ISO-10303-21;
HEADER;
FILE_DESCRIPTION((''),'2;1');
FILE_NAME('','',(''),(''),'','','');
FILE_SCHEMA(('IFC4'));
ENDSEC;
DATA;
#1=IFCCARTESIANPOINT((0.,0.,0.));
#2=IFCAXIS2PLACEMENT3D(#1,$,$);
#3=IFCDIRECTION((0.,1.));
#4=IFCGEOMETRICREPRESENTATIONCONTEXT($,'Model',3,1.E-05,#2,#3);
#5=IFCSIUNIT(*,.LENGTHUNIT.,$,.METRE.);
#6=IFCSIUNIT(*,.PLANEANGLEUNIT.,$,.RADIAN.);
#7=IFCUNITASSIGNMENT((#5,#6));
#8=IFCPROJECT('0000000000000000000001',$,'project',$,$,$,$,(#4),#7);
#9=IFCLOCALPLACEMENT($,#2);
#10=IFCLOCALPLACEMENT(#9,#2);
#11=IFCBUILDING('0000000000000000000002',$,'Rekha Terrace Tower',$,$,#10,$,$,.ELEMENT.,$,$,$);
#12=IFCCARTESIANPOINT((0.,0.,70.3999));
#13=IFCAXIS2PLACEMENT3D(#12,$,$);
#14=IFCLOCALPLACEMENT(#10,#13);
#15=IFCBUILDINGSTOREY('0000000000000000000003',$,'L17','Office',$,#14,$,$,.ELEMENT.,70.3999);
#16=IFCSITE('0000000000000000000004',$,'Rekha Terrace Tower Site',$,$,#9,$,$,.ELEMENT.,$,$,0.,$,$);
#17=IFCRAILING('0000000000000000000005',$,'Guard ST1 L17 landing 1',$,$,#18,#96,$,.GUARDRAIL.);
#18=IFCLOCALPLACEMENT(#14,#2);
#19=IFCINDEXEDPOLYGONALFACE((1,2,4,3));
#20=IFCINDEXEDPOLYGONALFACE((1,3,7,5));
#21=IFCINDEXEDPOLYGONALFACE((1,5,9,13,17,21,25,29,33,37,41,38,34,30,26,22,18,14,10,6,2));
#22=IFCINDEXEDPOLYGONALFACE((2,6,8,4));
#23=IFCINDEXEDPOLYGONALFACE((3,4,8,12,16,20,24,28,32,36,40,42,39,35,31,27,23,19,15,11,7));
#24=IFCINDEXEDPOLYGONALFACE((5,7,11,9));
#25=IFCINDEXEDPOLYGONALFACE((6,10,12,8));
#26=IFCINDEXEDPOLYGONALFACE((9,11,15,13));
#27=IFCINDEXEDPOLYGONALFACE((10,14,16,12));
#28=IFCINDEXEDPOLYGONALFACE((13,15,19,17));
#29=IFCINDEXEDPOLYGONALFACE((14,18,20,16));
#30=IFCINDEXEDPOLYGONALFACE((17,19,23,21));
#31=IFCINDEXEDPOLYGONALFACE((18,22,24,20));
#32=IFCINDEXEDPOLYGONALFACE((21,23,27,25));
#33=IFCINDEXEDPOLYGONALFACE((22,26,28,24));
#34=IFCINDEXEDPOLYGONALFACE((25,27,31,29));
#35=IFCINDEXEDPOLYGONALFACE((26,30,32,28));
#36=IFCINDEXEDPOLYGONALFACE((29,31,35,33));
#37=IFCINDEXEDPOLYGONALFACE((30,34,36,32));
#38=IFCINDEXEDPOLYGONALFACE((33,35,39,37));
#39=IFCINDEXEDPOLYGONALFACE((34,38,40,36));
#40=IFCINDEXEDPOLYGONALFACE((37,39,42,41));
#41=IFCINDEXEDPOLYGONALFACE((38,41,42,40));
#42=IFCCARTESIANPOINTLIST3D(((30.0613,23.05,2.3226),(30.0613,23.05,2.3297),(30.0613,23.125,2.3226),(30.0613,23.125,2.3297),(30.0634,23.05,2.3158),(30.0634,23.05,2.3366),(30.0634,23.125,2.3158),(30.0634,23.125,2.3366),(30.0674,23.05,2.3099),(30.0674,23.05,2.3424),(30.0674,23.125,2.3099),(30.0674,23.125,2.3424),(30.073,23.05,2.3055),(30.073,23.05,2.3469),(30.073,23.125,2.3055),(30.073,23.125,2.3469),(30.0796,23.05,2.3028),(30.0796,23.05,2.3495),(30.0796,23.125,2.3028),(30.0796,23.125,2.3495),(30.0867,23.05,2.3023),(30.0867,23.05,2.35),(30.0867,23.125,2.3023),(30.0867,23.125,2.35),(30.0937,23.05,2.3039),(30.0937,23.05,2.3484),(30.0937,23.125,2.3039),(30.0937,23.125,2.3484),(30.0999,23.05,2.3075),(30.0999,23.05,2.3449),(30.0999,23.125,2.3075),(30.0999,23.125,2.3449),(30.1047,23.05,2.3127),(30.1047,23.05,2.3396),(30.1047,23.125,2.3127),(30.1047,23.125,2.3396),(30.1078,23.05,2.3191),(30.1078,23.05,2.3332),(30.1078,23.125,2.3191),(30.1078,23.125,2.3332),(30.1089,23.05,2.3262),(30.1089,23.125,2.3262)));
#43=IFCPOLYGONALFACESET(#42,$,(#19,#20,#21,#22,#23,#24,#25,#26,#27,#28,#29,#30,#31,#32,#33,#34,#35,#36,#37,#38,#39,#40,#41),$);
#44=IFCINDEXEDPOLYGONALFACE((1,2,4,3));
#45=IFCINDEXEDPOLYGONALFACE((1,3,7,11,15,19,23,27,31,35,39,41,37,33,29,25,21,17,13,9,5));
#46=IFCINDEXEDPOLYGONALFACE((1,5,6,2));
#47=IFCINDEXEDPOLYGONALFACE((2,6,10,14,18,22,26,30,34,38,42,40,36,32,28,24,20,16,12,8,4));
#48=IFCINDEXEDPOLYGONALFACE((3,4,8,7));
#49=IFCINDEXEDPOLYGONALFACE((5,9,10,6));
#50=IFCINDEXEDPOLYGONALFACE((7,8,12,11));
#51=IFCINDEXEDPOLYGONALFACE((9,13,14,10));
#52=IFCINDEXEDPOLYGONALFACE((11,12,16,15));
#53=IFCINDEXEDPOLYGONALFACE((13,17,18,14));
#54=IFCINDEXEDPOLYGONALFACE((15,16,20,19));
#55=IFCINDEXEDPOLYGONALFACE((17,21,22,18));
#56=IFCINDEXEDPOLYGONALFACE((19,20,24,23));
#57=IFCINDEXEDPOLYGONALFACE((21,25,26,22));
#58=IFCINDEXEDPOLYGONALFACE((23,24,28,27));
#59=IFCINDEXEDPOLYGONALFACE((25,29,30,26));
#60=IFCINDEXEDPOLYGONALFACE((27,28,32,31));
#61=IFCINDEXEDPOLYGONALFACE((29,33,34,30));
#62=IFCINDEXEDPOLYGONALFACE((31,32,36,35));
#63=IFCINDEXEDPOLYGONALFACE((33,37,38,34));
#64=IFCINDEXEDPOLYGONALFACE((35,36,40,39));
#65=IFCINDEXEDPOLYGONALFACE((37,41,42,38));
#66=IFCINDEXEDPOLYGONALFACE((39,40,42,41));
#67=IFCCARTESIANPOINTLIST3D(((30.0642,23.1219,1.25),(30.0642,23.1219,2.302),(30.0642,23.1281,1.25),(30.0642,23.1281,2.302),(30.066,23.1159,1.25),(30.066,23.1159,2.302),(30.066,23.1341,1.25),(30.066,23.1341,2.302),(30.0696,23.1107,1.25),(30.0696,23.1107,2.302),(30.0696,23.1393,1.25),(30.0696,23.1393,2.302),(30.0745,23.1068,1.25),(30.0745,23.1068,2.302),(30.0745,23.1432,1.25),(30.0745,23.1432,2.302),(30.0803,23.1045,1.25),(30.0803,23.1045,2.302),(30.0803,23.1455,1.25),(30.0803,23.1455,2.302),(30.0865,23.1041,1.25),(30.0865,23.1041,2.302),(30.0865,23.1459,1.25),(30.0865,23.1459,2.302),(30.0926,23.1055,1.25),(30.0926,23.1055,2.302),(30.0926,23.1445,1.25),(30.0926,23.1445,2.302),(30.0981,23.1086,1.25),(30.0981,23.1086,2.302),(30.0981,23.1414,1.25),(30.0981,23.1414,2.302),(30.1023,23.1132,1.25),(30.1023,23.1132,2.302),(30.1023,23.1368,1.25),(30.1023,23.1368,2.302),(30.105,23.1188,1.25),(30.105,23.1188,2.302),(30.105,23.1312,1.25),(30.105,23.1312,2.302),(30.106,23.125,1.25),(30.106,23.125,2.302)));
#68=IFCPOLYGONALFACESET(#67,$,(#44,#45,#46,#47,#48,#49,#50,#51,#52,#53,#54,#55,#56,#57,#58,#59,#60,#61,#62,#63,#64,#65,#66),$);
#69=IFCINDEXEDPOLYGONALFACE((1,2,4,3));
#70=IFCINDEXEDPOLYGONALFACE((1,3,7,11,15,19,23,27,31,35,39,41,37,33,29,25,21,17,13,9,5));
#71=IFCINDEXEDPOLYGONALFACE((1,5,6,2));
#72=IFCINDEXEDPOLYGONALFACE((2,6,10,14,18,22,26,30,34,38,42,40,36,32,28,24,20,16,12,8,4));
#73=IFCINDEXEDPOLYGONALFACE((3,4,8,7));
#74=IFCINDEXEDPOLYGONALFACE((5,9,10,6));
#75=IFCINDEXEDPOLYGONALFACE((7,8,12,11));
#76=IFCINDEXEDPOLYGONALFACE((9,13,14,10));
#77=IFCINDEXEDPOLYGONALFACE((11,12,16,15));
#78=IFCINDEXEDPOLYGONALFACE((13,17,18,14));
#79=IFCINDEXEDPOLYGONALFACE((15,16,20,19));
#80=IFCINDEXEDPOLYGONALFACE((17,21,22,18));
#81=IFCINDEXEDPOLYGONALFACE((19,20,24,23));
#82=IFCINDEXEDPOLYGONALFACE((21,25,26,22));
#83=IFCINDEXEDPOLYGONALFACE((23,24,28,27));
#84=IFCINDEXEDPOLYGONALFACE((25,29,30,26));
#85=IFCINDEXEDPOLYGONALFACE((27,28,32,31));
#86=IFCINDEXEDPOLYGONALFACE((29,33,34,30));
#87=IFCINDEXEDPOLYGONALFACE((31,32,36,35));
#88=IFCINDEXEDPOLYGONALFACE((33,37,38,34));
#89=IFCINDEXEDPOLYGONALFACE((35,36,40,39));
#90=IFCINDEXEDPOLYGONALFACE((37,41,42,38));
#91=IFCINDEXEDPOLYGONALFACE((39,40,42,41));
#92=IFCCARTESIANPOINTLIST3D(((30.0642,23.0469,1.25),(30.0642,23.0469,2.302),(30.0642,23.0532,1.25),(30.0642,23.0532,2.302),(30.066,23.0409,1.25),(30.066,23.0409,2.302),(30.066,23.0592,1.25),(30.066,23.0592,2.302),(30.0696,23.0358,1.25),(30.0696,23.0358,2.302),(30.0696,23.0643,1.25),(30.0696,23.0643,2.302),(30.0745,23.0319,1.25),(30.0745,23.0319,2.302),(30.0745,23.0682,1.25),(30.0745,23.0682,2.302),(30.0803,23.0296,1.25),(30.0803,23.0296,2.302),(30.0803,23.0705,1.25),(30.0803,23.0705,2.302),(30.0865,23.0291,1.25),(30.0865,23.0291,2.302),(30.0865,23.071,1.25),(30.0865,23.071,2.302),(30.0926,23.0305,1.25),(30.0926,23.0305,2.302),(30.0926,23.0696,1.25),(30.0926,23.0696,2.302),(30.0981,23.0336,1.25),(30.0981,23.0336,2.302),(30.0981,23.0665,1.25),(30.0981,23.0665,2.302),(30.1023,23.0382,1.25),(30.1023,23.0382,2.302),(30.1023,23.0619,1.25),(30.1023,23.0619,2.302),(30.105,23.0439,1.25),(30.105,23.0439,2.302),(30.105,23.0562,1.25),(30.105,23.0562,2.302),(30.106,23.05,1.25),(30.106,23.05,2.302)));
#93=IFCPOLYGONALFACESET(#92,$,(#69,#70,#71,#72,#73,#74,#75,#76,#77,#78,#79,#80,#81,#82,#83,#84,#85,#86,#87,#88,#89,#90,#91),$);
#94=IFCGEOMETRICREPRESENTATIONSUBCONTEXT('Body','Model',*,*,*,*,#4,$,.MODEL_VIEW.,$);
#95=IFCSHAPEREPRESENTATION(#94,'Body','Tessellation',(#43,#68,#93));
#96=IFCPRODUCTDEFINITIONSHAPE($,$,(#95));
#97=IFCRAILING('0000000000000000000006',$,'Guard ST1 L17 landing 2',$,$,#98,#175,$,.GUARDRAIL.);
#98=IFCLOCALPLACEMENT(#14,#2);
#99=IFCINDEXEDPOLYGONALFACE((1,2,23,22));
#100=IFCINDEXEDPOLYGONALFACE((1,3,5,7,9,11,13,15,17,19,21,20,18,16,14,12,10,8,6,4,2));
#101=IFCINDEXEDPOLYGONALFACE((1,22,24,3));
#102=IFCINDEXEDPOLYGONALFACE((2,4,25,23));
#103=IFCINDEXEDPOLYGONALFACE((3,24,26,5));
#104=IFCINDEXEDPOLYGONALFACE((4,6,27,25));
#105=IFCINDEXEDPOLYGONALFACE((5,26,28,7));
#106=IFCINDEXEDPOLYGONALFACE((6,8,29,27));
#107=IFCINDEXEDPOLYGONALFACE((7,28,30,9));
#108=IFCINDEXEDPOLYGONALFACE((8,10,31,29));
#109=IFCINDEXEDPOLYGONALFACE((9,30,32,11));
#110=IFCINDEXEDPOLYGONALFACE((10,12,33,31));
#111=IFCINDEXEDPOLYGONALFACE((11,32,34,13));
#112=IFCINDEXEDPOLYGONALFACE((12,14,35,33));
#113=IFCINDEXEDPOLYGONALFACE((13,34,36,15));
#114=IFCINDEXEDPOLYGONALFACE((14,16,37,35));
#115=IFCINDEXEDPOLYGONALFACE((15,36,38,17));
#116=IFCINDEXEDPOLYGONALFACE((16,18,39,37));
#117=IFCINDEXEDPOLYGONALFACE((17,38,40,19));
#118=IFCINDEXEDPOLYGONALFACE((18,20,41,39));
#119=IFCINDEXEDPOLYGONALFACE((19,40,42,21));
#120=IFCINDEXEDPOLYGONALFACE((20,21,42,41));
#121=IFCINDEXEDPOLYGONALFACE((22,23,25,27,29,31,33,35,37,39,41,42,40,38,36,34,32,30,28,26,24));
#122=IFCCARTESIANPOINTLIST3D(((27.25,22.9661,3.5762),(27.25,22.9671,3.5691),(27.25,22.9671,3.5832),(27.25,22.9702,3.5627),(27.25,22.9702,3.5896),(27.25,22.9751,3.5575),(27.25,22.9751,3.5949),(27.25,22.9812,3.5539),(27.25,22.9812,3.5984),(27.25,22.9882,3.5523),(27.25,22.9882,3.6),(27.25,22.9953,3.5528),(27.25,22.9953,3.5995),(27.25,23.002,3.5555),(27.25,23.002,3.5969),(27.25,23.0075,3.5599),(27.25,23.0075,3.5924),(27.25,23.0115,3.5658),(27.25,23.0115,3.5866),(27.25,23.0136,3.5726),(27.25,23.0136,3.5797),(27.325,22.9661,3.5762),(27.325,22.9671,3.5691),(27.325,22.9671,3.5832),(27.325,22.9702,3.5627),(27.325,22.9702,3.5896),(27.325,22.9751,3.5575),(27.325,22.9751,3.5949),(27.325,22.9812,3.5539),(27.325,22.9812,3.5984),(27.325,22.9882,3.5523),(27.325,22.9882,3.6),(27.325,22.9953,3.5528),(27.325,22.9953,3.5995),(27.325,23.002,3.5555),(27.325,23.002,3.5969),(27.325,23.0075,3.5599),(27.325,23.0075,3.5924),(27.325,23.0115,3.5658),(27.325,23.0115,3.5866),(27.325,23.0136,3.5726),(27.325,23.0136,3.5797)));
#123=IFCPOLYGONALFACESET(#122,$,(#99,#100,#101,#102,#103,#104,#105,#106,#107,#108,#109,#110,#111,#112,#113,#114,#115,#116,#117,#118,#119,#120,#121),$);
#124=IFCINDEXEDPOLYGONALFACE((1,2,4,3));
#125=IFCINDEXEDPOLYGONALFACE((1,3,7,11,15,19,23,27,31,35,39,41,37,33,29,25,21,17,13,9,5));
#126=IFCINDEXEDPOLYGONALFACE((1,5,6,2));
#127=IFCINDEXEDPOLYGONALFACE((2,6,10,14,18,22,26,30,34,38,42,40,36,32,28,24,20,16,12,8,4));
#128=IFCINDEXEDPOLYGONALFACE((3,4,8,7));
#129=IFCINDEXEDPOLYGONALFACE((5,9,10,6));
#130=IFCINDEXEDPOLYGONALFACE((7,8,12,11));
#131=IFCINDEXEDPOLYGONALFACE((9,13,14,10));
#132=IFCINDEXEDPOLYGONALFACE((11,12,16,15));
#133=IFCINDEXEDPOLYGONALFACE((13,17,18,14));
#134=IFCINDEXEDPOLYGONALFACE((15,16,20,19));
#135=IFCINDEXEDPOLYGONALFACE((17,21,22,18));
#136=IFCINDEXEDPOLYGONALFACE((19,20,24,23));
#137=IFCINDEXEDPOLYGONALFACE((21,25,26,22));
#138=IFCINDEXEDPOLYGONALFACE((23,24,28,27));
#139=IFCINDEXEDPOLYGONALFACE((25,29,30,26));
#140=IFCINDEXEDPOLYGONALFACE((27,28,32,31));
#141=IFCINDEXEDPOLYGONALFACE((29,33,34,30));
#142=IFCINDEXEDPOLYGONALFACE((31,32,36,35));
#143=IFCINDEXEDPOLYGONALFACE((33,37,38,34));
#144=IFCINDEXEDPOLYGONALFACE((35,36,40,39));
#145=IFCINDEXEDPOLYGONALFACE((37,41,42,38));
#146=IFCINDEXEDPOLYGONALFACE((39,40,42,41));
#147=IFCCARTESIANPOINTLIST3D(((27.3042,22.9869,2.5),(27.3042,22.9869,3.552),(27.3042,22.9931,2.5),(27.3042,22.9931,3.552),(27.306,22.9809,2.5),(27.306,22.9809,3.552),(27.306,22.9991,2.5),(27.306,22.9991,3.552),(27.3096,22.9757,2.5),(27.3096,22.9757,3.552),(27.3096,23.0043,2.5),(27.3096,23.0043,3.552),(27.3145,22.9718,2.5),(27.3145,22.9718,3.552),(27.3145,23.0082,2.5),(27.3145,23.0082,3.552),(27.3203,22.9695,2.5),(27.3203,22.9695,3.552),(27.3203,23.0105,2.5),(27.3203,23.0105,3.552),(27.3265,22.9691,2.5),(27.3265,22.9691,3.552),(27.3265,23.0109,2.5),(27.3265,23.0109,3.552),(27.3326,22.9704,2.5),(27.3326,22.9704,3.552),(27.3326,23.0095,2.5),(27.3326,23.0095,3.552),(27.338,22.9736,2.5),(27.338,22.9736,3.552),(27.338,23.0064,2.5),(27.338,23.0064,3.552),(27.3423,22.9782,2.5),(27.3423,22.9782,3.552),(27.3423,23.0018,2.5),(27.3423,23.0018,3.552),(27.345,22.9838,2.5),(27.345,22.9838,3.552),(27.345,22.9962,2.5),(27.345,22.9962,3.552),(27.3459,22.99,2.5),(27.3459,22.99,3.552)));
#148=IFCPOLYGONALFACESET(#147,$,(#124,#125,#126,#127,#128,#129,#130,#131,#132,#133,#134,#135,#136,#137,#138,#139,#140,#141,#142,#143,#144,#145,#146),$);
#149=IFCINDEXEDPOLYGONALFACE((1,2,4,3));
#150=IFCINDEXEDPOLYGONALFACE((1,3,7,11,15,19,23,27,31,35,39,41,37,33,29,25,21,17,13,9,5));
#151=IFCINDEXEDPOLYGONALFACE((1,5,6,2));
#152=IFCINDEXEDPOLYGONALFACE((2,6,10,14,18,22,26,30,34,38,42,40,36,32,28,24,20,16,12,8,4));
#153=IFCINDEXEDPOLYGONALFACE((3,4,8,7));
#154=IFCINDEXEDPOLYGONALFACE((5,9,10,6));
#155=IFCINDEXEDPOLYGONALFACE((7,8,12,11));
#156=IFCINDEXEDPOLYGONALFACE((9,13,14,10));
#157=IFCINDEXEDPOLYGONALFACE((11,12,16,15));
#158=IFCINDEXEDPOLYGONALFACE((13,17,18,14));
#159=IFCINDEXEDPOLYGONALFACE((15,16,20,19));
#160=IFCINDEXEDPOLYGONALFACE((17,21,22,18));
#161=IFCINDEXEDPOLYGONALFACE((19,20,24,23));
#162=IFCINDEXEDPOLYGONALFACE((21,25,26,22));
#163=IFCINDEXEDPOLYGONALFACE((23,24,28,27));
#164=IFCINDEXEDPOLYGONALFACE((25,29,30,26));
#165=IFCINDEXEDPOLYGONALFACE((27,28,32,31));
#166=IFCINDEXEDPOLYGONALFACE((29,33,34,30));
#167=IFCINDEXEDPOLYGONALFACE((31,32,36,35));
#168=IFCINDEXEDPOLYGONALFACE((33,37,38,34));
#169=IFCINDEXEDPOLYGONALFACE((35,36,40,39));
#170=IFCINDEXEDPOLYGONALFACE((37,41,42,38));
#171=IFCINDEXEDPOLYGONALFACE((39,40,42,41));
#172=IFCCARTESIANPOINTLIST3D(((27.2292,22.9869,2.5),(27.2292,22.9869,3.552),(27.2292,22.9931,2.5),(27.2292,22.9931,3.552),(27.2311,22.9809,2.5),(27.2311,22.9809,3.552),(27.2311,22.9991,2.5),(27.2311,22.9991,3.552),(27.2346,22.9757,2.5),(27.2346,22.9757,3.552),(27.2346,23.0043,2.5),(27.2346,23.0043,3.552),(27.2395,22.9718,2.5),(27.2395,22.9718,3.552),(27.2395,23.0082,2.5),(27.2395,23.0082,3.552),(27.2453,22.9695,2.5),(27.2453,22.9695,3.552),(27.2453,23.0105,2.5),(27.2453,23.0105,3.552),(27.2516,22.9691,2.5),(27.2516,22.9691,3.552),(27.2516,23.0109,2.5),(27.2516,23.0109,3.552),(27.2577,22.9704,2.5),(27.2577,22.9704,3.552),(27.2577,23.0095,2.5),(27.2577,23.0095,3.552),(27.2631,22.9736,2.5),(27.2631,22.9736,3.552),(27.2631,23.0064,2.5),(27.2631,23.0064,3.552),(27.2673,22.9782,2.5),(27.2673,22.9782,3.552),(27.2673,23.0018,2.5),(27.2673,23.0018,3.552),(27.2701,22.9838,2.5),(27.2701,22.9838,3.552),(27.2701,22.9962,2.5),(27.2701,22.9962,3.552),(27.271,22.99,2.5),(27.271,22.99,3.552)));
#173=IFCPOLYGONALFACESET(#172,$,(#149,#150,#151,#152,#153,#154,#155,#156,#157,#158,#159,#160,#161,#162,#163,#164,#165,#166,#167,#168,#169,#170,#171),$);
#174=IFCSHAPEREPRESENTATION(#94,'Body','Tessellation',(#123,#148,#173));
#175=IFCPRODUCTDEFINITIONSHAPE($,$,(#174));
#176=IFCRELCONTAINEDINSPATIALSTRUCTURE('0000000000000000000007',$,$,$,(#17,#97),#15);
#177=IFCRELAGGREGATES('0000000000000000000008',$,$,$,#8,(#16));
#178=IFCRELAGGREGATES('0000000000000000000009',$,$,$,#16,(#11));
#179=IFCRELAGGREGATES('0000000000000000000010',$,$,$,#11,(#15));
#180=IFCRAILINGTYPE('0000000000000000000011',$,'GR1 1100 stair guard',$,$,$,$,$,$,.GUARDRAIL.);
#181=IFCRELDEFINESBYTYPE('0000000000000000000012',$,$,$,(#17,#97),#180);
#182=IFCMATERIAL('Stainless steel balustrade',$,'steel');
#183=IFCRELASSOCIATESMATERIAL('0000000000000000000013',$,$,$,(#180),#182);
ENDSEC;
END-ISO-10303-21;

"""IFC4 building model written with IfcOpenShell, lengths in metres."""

from ifc_helpers import new_model, si_unit, direction, frame, origin, origin_2d, place, context, subcontext, project, spatial, circle, extrude, material, type_object, element, save


model = new_model("IFC4")

# Units and contexts
model_context = context("Model", 3, precision=1e-05, world=origin(), true_north=direction((0.0, 1.0)))
body_context = subcontext(model_context, "Body", "Model", "MODEL_VIEW")
ifc_project = project(units=[si_unit("LENGTHUNIT", "METRE"), si_unit("PLANEANGLEUNIT", "RADIAN")], contexts=[model_context])

# Site, building, storey
site_placement = place(None, origin())
site = spatial("IfcSite", under=ifc_project, at=site_placement, Name="Rekha Terrace Tower Site", CompositionType="ELEMENT", RefElevation=0.0)
building_placement = place(site_placement, origin())
building = spatial("IfcBuilding", under=site, at=building_placement, Name="Rekha Terrace Tower", CompositionType="ELEMENT")
storey_placement = place(building_placement, frame((0.0, 0.0, 70.3999)))
storey = spatial("IfcBuildingStorey", under=building, at=storey_placement, Name="L17", Description="Office", CompositionType="ELEMENT", Elevation=70.3999)

# Railings
ifc_material_1 = material(Name="Stainless steel balustrade", Category="steel")
railing_type_1 = type_object("IfcRailingType", Name="GR1 1100 stair guard", PredefinedType="GUARDRAIL", material=ifc_material_1)
railing_1_placement = place(storey_placement, frame((30.085, 23.125, 1.25)))
element("IfcRailing", 1, at=railing_1_placement, inside=storey, type_object=railing_type_1, Name="Guard ST1 L17 landing 1", PredefinedType="GUARDRAIL", context=body_context, shape_type="SweptSolid", body=[
    extrude(circle(Radius=0.0239, at=origin_2d()), frame((0.0, 0.0, 1.0762), z_axis=(0.0, -1.0, 0.0), x_axis=(1.0, 0.0, 0.0)), (0.0, 0.0, 1.0), 0.075),
    extrude(circle(Radius=0.021, at=origin_2d()), origin(), (0.0, 0.0, 1.0), 1.052),
    extrude(circle(Radius=0.021, at=origin_2d()), frame((0.0, -0.075, 0.0)), (0.0, 0.0, 1.0), 1.052),
])
railing_2_placement = place(storey_placement, frame((27.325, 22.99, 2.5)))
element("IfcRailing", 2, at=railing_2_placement, inside=storey, type_object=railing_type_1, Name="Guard ST1 L17 landing 2", PredefinedType="GUARDRAIL", context=body_context, shape_type="SweptSolid", body=[
    extrude(circle(Radius=0.0239, at=origin_2d()), frame((0.0, 0.0, 1.0762), z_axis=(-1.0, 0.0, 0.0), x_axis=(0.0, -1.0, 0.0)), (0.0, 0.0, 1.0), 0.075),
    extrude(circle(Radius=0.021, at=origin_2d()), origin(), (0.0, 0.0, 1.0), 1.052),
    extrude(circle(Radius=0.021, at=origin_2d()), frame((-0.075, 0.0, 0.0)), (0.0, 0.0, 1.0), 1.052),
])

save(model, "model.ifc")
